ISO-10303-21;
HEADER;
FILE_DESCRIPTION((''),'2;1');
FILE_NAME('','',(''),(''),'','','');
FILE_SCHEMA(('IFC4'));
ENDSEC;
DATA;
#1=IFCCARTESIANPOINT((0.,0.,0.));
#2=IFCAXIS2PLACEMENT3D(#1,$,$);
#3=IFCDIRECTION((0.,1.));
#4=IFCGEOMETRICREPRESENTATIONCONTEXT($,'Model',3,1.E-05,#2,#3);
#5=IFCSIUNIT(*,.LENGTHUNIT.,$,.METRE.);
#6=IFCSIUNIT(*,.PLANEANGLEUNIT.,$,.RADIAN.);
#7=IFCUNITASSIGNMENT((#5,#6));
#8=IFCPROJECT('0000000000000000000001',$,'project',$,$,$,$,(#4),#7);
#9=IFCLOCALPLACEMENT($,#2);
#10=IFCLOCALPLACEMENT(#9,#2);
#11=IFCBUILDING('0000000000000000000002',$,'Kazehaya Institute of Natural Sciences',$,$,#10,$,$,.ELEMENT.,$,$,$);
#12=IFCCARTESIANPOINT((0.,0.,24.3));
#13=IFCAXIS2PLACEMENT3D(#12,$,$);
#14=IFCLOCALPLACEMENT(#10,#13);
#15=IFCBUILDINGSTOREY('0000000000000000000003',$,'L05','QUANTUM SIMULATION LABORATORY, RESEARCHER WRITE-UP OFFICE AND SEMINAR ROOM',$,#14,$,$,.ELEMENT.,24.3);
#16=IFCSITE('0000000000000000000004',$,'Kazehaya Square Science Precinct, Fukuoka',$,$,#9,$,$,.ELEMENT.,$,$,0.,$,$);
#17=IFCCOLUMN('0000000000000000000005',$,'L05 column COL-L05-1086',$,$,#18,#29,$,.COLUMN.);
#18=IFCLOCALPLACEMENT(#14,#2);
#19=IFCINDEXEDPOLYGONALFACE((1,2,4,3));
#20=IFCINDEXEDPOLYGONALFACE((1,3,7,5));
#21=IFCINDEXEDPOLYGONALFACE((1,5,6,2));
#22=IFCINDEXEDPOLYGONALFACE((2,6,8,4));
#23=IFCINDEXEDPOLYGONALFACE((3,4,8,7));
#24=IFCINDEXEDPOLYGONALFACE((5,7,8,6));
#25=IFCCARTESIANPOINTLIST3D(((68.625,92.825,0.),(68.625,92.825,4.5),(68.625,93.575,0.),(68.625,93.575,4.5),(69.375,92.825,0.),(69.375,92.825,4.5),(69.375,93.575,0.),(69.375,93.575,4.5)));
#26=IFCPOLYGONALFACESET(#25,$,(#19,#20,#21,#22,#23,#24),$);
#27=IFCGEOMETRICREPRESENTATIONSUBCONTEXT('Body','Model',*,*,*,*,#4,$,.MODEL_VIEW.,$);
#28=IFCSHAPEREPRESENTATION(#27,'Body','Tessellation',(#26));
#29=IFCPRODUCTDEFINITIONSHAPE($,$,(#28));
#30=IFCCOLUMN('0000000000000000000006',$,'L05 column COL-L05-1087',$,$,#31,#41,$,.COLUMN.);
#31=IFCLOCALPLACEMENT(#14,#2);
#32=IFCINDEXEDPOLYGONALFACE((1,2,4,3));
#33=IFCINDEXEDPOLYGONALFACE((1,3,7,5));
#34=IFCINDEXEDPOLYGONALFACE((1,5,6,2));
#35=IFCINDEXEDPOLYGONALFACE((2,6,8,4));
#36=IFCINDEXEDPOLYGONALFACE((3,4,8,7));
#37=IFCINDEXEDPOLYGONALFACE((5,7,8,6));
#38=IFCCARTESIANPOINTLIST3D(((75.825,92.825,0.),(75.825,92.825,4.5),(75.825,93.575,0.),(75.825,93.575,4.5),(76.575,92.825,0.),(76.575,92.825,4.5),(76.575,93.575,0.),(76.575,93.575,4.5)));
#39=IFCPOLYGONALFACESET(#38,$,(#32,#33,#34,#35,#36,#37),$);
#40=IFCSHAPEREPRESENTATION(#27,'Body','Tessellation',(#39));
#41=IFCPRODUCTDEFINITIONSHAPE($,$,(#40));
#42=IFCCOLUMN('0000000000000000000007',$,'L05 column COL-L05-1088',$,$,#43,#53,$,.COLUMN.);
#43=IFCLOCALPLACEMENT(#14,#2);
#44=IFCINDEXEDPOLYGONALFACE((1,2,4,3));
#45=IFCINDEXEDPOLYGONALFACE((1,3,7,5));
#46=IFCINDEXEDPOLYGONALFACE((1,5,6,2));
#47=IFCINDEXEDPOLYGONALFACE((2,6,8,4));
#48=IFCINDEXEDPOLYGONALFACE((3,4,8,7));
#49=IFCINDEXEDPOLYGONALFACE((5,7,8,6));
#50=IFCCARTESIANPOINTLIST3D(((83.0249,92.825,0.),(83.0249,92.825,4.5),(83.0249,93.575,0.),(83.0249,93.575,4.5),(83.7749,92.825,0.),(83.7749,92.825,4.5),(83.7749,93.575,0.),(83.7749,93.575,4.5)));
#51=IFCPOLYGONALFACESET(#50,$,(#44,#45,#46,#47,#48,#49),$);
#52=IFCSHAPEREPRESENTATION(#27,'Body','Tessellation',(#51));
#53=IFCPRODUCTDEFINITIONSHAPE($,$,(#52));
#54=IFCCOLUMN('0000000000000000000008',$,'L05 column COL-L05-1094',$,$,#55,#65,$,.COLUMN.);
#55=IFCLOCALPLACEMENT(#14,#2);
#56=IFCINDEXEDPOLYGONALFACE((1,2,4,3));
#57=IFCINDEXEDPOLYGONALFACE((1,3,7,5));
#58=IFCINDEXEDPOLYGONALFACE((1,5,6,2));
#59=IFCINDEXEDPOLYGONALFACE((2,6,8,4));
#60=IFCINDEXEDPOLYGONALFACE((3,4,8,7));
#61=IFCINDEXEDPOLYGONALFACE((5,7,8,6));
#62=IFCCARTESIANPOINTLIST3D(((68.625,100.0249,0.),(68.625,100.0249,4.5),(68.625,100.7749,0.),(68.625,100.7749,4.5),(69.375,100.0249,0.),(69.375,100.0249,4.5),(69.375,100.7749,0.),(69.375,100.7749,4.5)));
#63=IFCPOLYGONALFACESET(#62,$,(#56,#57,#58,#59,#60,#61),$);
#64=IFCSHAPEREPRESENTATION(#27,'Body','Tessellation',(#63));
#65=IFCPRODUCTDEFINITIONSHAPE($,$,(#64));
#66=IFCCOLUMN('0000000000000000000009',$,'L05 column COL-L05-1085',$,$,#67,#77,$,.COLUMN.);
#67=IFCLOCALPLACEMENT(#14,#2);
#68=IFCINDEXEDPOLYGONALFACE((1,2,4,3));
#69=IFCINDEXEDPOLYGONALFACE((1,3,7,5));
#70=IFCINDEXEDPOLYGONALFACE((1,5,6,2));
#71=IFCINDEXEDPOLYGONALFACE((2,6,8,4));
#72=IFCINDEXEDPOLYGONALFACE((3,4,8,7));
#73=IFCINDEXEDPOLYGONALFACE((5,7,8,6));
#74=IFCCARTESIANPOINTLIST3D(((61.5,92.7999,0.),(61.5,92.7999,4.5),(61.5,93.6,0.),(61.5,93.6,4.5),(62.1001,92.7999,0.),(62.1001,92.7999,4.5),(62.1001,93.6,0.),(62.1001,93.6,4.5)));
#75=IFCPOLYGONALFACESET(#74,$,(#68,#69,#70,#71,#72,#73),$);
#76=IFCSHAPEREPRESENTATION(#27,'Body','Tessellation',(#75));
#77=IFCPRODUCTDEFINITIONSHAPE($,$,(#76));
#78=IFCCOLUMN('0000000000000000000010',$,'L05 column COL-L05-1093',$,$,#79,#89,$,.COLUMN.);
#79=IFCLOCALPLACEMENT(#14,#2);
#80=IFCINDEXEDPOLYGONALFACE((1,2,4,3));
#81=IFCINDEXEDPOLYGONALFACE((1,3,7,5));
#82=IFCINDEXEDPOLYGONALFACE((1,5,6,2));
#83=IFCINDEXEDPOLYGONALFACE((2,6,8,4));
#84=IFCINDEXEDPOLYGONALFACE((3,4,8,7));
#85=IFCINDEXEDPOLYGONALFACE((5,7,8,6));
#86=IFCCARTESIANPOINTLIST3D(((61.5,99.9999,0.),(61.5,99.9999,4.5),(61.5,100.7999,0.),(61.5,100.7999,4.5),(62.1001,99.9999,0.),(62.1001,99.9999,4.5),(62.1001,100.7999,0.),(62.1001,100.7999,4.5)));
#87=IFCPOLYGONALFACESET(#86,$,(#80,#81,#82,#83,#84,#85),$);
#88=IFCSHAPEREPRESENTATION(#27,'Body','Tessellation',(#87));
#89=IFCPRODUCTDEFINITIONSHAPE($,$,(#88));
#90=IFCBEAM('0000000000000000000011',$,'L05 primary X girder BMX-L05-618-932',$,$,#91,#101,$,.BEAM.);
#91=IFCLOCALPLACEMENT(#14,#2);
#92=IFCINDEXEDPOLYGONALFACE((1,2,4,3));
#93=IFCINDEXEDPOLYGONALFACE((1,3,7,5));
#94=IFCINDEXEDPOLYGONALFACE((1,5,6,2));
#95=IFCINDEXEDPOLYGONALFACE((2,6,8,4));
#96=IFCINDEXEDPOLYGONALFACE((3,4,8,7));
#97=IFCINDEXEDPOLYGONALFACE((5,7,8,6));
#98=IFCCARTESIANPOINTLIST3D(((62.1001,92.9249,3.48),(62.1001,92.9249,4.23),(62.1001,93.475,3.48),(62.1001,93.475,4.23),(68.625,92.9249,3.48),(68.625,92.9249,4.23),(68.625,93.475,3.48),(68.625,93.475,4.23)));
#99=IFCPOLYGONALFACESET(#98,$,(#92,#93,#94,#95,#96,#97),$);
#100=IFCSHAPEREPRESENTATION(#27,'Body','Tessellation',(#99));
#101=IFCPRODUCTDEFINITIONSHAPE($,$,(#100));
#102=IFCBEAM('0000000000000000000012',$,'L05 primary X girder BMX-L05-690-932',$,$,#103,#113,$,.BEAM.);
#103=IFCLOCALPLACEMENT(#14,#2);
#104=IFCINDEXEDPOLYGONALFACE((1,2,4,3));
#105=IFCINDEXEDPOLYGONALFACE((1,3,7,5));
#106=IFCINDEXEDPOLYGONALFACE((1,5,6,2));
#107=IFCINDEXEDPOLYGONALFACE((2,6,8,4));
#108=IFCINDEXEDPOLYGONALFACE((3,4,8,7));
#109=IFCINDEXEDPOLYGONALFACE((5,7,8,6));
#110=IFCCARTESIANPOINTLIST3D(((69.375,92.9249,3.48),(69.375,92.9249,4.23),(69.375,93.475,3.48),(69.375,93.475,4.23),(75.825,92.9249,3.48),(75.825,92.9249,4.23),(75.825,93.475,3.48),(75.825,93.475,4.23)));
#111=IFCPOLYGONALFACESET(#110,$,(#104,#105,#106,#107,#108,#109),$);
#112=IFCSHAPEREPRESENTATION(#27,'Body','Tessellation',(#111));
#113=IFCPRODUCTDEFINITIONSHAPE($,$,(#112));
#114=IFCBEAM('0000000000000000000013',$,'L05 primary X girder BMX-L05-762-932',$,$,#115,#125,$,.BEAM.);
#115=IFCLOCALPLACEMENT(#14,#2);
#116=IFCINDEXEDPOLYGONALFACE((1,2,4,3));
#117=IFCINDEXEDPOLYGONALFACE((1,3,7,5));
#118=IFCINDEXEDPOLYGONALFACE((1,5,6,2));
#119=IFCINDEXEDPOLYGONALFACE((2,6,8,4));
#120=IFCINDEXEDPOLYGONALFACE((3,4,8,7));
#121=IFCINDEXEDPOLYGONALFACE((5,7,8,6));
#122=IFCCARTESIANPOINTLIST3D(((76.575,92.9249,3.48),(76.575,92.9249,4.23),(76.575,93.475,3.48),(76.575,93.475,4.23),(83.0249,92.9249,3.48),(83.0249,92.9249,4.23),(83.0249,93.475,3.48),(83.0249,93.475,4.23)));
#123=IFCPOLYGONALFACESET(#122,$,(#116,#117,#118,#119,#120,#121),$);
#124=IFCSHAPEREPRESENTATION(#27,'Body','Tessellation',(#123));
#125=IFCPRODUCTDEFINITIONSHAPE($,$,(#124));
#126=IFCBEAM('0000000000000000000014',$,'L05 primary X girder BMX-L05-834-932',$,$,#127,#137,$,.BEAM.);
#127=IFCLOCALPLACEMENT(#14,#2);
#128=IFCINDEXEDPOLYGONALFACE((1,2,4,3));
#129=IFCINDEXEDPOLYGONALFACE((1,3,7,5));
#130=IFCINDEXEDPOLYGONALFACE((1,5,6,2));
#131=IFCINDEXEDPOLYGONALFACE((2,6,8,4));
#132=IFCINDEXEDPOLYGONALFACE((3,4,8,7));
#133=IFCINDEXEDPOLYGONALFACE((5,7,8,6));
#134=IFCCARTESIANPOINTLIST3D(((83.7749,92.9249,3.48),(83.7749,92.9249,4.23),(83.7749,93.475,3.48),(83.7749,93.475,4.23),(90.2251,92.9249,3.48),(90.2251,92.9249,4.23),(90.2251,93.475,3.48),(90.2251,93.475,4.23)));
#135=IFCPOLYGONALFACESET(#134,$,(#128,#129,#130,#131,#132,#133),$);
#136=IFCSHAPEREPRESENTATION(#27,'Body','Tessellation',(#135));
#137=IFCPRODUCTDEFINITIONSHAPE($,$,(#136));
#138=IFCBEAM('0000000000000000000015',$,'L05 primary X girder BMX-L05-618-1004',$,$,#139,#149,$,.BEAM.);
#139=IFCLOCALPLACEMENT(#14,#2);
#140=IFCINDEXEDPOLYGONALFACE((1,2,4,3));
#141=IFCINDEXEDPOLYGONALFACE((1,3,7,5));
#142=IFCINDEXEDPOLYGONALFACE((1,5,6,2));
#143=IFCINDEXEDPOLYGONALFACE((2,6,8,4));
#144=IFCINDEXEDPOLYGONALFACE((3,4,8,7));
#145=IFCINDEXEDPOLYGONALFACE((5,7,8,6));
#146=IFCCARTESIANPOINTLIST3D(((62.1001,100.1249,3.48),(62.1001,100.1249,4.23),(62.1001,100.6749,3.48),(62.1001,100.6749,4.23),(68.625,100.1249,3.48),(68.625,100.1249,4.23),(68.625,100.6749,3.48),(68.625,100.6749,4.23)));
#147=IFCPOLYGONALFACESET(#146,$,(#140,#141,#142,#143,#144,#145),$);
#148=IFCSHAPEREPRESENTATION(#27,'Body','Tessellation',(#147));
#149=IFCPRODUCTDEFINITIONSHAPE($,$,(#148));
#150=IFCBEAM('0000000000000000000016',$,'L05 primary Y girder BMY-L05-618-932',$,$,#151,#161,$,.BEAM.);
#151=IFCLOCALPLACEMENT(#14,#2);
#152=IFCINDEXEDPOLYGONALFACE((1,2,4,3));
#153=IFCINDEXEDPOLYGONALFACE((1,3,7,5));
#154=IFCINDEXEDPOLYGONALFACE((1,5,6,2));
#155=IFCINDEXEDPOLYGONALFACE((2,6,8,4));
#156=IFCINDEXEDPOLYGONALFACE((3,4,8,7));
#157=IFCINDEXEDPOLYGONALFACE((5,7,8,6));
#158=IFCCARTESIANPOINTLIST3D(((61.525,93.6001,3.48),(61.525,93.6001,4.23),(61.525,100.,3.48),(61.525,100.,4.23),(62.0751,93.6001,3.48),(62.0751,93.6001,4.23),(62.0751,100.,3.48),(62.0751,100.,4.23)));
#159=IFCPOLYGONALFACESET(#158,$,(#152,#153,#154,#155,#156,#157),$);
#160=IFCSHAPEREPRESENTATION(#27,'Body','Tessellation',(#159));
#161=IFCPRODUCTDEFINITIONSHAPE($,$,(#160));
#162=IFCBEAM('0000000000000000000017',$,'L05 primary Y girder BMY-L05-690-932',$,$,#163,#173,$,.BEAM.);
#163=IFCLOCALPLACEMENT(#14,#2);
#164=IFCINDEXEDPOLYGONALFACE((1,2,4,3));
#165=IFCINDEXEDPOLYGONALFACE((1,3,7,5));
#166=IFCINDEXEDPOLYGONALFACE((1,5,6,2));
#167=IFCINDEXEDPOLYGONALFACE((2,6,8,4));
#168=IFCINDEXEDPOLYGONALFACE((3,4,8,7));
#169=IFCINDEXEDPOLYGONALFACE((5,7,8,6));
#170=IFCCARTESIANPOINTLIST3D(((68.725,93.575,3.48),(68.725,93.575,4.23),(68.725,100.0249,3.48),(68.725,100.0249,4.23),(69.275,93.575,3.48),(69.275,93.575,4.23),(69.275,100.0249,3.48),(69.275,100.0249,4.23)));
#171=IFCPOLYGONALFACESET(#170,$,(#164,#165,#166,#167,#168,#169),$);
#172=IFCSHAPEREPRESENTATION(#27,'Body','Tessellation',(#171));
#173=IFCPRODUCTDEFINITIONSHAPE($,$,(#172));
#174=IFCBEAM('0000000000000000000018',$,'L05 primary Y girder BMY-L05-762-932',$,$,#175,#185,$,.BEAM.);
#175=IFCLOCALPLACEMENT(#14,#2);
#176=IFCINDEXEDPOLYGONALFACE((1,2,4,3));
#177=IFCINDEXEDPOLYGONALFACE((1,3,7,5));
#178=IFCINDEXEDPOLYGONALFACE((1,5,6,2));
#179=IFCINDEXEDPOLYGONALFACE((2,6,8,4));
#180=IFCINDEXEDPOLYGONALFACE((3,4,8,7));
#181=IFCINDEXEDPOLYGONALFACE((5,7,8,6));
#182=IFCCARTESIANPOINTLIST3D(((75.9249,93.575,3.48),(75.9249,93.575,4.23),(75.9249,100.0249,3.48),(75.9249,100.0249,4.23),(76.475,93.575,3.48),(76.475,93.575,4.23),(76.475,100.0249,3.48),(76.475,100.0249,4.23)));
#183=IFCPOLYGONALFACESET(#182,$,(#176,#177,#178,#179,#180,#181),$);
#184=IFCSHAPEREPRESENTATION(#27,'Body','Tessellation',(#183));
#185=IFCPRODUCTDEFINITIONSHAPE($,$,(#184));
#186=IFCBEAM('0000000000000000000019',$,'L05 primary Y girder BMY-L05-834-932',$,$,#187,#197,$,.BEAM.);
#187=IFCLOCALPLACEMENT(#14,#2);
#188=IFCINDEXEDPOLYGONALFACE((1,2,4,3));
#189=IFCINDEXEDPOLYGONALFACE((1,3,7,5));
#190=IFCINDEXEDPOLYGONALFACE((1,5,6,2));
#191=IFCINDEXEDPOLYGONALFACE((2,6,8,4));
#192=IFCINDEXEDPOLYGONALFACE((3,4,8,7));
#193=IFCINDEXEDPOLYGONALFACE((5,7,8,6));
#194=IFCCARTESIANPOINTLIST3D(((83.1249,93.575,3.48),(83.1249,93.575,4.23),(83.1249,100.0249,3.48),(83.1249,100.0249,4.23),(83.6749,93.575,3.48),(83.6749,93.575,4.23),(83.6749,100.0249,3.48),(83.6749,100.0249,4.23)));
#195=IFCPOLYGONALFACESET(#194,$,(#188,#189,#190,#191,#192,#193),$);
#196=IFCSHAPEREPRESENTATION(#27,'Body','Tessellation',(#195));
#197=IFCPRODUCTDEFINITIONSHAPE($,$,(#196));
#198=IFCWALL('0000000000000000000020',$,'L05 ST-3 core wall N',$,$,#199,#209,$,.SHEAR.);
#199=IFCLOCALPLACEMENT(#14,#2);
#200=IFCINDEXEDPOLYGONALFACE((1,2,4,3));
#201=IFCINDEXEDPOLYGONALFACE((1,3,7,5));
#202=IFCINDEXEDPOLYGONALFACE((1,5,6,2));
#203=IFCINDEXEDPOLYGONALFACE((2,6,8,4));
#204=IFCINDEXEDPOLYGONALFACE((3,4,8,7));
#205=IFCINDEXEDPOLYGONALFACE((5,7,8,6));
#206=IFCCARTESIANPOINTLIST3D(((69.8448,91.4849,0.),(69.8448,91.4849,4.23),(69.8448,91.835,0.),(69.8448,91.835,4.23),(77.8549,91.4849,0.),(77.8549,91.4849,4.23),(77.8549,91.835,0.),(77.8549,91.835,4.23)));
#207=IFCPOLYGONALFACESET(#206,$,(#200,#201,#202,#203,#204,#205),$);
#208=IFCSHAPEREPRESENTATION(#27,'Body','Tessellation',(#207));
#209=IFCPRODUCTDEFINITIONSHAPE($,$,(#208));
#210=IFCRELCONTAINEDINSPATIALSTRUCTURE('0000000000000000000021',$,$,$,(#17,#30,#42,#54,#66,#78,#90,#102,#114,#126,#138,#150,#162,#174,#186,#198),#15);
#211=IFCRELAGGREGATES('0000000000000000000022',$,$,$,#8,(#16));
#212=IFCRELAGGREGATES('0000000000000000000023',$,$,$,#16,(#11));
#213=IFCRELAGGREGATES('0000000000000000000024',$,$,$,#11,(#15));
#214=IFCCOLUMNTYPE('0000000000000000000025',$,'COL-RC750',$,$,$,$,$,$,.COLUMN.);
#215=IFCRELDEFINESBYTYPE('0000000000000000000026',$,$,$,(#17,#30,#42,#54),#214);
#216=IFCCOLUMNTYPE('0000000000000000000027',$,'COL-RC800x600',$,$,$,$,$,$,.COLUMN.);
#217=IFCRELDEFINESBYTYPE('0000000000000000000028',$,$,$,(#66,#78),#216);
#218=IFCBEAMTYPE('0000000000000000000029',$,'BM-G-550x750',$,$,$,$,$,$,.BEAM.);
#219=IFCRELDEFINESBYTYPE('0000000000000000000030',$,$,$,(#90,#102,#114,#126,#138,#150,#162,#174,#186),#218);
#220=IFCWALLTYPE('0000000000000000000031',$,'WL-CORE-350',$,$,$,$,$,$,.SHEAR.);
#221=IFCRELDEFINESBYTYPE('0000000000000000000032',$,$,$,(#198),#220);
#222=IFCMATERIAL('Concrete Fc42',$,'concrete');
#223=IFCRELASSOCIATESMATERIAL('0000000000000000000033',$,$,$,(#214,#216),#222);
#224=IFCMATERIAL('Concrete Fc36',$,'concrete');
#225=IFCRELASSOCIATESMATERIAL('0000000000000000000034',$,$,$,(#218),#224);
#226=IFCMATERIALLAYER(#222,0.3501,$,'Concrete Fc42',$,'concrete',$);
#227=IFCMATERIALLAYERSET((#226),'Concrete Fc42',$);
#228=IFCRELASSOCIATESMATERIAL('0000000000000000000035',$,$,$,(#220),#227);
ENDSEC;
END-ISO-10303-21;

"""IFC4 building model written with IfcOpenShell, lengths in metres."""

from ifc_helpers import new_model, si_unit, direction, frame, frame_2d, origin, origin_2d, place, context, subcontext, project, spatial, rectangle, extrude, material, layer, layer_set, material_profile, profile_set, type_object, element, save


model = new_model("IFC4")

# Units and contexts
model_context = context("Model", 3, precision=1e-05, world=origin(), true_north=direction((0.0, 1.0)))
body_context = subcontext(model_context, "Body", "Model", "MODEL_VIEW")
ifc_project = project(units=[si_unit("LENGTHUNIT", "METRE"), si_unit("PLANEANGLEUNIT", "RADIAN")], contexts=[model_context])

# Site, building, storey
site_placement = place(None, origin())
site = spatial("IfcSite", under=ifc_project, at=site_placement, Name="Kazehaya Square Science Precinct, Fukuoka", CompositionType="ELEMENT", RefElevation=0.0)
building_placement = place(site_placement, origin())
building = spatial("IfcBuilding", under=site, at=building_placement, Name="Kazehaya Institute of Natural Sciences", CompositionType="ELEMENT")
storey_placement = place(building_placement, frame((0.0, 0.0, 24.3)))
storey = spatial("IfcBuildingStorey", under=building, at=storey_placement, Name="L05", Description="QUANTUM SIMULATION LABORATORY, RESEARCHER WRITE-UP OFFICE AND SEMINAR ROOM", CompositionType="ELEMENT", Elevation=24.3)

# Columns
ifc_material_1 = material(Name="Concrete Fc42", Category="concrete")
ifc_material_profile_1 = material_profile(ifc_material_1, rectangle(XDim=0.75, YDim=0.75, at=origin_2d()), Name="RC-750x750")
ifc_profile_set_1 = profile_set([ifc_material_profile_1], Name="Concrete Fc42")
column_type_1 = type_object("IfcColumnType", Name="COL-RC750", PredefinedType="COLUMN", material=ifc_profile_set_1)
for number, where, z_axis, x_axis, name in (
    (1, (69.0, 93.2, 0.0), (0.0, 0.0, 1.0), (1.0, 0.0, 0.0), "L05 column COL-L05-1086"),
    (2, (76.2, 93.2, 0.0), (0.0, 0.0, 1.0), (1.0, 0.0, 0.0), "L05 column COL-L05-1087"),
    (3, (83.3999, 93.2, 0.0), (0.0, 0.0, 1.0), (1.0, 0.0, 0.0), "L05 column COL-L05-1088"),
    (4, (69.0, 100.3999, 0.0), (0.0, 0.0, 1.0), (1.0, 0.0, 0.0), "L05 column COL-L05-1094"),
):
    element("IfcColumn", number, at=place(storey_placement, frame(where, z_axis=z_axis, x_axis=x_axis)), inside=storey, type_object=column_type_1, Name=name, PredefinedType="COLUMN", context=body_context, shape_type="SweptSolid", body=[
        extrude(rectangle(XDim=0.75, YDim=0.75, at=origin_2d()), origin(), (0.0, 0.0, 1.0), 4.5),
    ])
ifc_material_profile_2 = material_profile(ifc_material_1, rectangle(XDim=0.6001, YDim=0.8, at=origin_2d()), Name="RC-800x600")
ifc_profile_set_2 = profile_set([ifc_material_profile_2], Name="Concrete Fc42")
column_type_2 = type_object("IfcColumnType", Name="COL-RC800x600", PredefinedType="COLUMN", material=ifc_profile_set_2)
for number, where, z_axis, x_axis, name in (
    (5, (61.8, 93.2, 0.0), (0.0, 0.0, 1.0), (1.0, 0.0, 0.0), "L05 column COL-L05-1085"),
    (6, (61.8, 100.3999, 0.0), (0.0, 0.0, 1.0), (1.0, 0.0, 0.0), "L05 column COL-L05-1093"),
):
    element("IfcColumn", number, at=place(storey_placement, frame(where, z_axis=z_axis, x_axis=x_axis)), inside=storey, type_object=column_type_2, Name=name, PredefinedType="COLUMN", context=body_context, shape_type="SweptSolid", body=[
        extrude(rectangle(XDim=0.6001, YDim=0.8, at=origin_2d()), origin(), (0.0, 0.0, 1.0), 4.5),
    ])

# Beams
ifc_material_2 = material(Name="Concrete Fc36", Category="concrete")
ifc_material_profile_3 = material_profile(ifc_material_2, rectangle(XDim=0.55, YDim=0.75, at=origin_2d()), Name="RC-550x750")
ifc_profile_set_3 = profile_set([ifc_material_profile_3], Name="Concrete Fc36")
beam_type = type_object("IfcBeamType", Name="BM-G-550x750", PredefinedType="BEAM", material=ifc_profile_set_3)
beam_1_placement = place(storey_placement, frame((62.1001, 93.2, 3.855), z_axis=(1.0, 0.0, 0.0), x_axis=(0.0, 1.0, 0.0)))
element("IfcBeam", 7, at=beam_1_placement, inside=storey, type_object=beam_type, Name="L05 primary X girder BMX-L05-618-932", PredefinedType="BEAM", context=body_context, shape_type="SweptSolid", body=[
    extrude(rectangle(XDim=0.55, YDim=0.75, at=origin_2d()), origin(), (0.0, 0.0, 1.0), 6.5249),
])
for number, where, z_axis, x_axis, name in (
    (8, (69.375, 93.2, 3.855), (1.0, 0.0, 0.0), (0.0, 1.0, 0.0), "L05 primary X girder BMX-L05-690-932"),
    (9, (76.575, 93.2, 3.855), (1.0, 0.0, 0.0), (0.0, 1.0, 0.0), "L05 primary X girder BMX-L05-762-932"),
):
    element("IfcBeam", number, at=place(storey_placement, frame(where, z_axis=z_axis, x_axis=x_axis)), inside=storey, type_object=beam_type, Name=name, PredefinedType="BEAM", context=body_context, shape_type="SweptSolid", body=[
        extrude(rectangle(XDim=0.55, YDim=0.75, at=origin_2d()), origin(), (0.0, 0.0, 1.0), 6.45),
    ])
beam_2_placement = place(storey_placement, frame((83.7749, 93.2, 3.855), z_axis=(1.0, 0.0, 0.0), x_axis=(0.0, 1.0, 0.0)))
element("IfcBeam", 10, at=beam_2_placement, inside=storey, type_object=beam_type, Name="L05 primary X girder BMX-L05-834-932", PredefinedType="BEAM", context=body_context, shape_type="SweptSolid", body=[
    extrude(rectangle(XDim=0.55, YDim=0.75, at=origin_2d()), origin(), (0.0, 0.0, 1.0), 6.4502),
])
beam_3_placement = place(storey_placement, frame((62.1001, 100.3999, 3.855), z_axis=(1.0, 0.0, 0.0), x_axis=(0.0, 1.0, 0.0)))
element("IfcBeam", 11, at=beam_3_placement, inside=storey, type_object=beam_type, Name="L05 primary X girder BMX-L05-618-1004", PredefinedType="BEAM", context=body_context, shape_type="SweptSolid", body=[
    extrude(rectangle(XDim=0.55, YDim=0.75, at=origin_2d()), origin(), (0.0, 0.0, 1.0), 6.5249),
])
beam_4_placement = place(storey_placement, frame((61.8, 93.6001, 3.855), z_axis=(0.0, 1.0, 0.0), x_axis=(-1.0, 0.0, 0.0)))
element("IfcBeam", 12, at=beam_4_placement, inside=storey, type_object=beam_type, Name="L05 primary Y girder BMY-L05-618-932", PredefinedType="BEAM", context=body_context, shape_type="SweptSolid", body=[
    extrude(rectangle(XDim=0.55, YDim=0.75, at=origin_2d()), origin(), (0.0, 0.0, 1.0), 6.3999),
])
for number, where, z_axis, x_axis, name in (
    (13, (69.0, 93.575, 3.855), (0.0, 1.0, 0.0), (-1.0, 0.0, 0.0), "L05 primary Y girder BMY-L05-690-932"),
    (14, (76.2, 93.575, 3.855), (0.0, 1.0, 0.0), (-1.0, 0.0, 0.0), "L05 primary Y girder BMY-L05-762-932"),
    (15, (83.3999, 93.575, 3.855), (0.0, 1.0, 0.0), (-1.0, 0.0, 0.0), "L05 primary Y girder BMY-L05-834-932"),
):
    element("IfcBeam", number, at=place(storey_placement, frame(where, z_axis=z_axis, x_axis=x_axis)), inside=storey, type_object=beam_type, Name=name, PredefinedType="BEAM", context=body_context, shape_type="SweptSolid", body=[
        extrude(rectangle(XDim=0.55, YDim=0.75, at=origin_2d()), origin(), (0.0, 0.0, 1.0), 6.45),
    ])

# Wall
ifc_layer_1 = layer(ifc_material_1, 0.3501, Name="Concrete Fc42", Category="concrete")
ifc_layer_set_1 = layer_set([ifc_layer_1], Name="Concrete Fc42")
wall_type_1 = type_object("IfcWallType", Name="WL-CORE-350", PredefinedType="SHEAR", material=ifc_layer_set_1)
wall_1_placement = place(storey_placement, frame((69.845, 91.6599, 0.0), z_axis=(0.0, 0.0, 1.0), x_axis=(1.0, 0.0, 0.0)))
element("IfcWall", 16, at=wall_1_placement, inside=storey, type_object=wall_type_1, Name="L05 ST-3 core wall N", PredefinedType="SHEAR", context=body_context, shape_type="SweptSolid", body=[
    extrude(rectangle(XDim=8.01, YDim=0.3501, at=frame_2d((4.0049, 0.0))), origin(), (0.0, 0.0, 1.0), 4.23),
])

save(model, "model.ifc")
